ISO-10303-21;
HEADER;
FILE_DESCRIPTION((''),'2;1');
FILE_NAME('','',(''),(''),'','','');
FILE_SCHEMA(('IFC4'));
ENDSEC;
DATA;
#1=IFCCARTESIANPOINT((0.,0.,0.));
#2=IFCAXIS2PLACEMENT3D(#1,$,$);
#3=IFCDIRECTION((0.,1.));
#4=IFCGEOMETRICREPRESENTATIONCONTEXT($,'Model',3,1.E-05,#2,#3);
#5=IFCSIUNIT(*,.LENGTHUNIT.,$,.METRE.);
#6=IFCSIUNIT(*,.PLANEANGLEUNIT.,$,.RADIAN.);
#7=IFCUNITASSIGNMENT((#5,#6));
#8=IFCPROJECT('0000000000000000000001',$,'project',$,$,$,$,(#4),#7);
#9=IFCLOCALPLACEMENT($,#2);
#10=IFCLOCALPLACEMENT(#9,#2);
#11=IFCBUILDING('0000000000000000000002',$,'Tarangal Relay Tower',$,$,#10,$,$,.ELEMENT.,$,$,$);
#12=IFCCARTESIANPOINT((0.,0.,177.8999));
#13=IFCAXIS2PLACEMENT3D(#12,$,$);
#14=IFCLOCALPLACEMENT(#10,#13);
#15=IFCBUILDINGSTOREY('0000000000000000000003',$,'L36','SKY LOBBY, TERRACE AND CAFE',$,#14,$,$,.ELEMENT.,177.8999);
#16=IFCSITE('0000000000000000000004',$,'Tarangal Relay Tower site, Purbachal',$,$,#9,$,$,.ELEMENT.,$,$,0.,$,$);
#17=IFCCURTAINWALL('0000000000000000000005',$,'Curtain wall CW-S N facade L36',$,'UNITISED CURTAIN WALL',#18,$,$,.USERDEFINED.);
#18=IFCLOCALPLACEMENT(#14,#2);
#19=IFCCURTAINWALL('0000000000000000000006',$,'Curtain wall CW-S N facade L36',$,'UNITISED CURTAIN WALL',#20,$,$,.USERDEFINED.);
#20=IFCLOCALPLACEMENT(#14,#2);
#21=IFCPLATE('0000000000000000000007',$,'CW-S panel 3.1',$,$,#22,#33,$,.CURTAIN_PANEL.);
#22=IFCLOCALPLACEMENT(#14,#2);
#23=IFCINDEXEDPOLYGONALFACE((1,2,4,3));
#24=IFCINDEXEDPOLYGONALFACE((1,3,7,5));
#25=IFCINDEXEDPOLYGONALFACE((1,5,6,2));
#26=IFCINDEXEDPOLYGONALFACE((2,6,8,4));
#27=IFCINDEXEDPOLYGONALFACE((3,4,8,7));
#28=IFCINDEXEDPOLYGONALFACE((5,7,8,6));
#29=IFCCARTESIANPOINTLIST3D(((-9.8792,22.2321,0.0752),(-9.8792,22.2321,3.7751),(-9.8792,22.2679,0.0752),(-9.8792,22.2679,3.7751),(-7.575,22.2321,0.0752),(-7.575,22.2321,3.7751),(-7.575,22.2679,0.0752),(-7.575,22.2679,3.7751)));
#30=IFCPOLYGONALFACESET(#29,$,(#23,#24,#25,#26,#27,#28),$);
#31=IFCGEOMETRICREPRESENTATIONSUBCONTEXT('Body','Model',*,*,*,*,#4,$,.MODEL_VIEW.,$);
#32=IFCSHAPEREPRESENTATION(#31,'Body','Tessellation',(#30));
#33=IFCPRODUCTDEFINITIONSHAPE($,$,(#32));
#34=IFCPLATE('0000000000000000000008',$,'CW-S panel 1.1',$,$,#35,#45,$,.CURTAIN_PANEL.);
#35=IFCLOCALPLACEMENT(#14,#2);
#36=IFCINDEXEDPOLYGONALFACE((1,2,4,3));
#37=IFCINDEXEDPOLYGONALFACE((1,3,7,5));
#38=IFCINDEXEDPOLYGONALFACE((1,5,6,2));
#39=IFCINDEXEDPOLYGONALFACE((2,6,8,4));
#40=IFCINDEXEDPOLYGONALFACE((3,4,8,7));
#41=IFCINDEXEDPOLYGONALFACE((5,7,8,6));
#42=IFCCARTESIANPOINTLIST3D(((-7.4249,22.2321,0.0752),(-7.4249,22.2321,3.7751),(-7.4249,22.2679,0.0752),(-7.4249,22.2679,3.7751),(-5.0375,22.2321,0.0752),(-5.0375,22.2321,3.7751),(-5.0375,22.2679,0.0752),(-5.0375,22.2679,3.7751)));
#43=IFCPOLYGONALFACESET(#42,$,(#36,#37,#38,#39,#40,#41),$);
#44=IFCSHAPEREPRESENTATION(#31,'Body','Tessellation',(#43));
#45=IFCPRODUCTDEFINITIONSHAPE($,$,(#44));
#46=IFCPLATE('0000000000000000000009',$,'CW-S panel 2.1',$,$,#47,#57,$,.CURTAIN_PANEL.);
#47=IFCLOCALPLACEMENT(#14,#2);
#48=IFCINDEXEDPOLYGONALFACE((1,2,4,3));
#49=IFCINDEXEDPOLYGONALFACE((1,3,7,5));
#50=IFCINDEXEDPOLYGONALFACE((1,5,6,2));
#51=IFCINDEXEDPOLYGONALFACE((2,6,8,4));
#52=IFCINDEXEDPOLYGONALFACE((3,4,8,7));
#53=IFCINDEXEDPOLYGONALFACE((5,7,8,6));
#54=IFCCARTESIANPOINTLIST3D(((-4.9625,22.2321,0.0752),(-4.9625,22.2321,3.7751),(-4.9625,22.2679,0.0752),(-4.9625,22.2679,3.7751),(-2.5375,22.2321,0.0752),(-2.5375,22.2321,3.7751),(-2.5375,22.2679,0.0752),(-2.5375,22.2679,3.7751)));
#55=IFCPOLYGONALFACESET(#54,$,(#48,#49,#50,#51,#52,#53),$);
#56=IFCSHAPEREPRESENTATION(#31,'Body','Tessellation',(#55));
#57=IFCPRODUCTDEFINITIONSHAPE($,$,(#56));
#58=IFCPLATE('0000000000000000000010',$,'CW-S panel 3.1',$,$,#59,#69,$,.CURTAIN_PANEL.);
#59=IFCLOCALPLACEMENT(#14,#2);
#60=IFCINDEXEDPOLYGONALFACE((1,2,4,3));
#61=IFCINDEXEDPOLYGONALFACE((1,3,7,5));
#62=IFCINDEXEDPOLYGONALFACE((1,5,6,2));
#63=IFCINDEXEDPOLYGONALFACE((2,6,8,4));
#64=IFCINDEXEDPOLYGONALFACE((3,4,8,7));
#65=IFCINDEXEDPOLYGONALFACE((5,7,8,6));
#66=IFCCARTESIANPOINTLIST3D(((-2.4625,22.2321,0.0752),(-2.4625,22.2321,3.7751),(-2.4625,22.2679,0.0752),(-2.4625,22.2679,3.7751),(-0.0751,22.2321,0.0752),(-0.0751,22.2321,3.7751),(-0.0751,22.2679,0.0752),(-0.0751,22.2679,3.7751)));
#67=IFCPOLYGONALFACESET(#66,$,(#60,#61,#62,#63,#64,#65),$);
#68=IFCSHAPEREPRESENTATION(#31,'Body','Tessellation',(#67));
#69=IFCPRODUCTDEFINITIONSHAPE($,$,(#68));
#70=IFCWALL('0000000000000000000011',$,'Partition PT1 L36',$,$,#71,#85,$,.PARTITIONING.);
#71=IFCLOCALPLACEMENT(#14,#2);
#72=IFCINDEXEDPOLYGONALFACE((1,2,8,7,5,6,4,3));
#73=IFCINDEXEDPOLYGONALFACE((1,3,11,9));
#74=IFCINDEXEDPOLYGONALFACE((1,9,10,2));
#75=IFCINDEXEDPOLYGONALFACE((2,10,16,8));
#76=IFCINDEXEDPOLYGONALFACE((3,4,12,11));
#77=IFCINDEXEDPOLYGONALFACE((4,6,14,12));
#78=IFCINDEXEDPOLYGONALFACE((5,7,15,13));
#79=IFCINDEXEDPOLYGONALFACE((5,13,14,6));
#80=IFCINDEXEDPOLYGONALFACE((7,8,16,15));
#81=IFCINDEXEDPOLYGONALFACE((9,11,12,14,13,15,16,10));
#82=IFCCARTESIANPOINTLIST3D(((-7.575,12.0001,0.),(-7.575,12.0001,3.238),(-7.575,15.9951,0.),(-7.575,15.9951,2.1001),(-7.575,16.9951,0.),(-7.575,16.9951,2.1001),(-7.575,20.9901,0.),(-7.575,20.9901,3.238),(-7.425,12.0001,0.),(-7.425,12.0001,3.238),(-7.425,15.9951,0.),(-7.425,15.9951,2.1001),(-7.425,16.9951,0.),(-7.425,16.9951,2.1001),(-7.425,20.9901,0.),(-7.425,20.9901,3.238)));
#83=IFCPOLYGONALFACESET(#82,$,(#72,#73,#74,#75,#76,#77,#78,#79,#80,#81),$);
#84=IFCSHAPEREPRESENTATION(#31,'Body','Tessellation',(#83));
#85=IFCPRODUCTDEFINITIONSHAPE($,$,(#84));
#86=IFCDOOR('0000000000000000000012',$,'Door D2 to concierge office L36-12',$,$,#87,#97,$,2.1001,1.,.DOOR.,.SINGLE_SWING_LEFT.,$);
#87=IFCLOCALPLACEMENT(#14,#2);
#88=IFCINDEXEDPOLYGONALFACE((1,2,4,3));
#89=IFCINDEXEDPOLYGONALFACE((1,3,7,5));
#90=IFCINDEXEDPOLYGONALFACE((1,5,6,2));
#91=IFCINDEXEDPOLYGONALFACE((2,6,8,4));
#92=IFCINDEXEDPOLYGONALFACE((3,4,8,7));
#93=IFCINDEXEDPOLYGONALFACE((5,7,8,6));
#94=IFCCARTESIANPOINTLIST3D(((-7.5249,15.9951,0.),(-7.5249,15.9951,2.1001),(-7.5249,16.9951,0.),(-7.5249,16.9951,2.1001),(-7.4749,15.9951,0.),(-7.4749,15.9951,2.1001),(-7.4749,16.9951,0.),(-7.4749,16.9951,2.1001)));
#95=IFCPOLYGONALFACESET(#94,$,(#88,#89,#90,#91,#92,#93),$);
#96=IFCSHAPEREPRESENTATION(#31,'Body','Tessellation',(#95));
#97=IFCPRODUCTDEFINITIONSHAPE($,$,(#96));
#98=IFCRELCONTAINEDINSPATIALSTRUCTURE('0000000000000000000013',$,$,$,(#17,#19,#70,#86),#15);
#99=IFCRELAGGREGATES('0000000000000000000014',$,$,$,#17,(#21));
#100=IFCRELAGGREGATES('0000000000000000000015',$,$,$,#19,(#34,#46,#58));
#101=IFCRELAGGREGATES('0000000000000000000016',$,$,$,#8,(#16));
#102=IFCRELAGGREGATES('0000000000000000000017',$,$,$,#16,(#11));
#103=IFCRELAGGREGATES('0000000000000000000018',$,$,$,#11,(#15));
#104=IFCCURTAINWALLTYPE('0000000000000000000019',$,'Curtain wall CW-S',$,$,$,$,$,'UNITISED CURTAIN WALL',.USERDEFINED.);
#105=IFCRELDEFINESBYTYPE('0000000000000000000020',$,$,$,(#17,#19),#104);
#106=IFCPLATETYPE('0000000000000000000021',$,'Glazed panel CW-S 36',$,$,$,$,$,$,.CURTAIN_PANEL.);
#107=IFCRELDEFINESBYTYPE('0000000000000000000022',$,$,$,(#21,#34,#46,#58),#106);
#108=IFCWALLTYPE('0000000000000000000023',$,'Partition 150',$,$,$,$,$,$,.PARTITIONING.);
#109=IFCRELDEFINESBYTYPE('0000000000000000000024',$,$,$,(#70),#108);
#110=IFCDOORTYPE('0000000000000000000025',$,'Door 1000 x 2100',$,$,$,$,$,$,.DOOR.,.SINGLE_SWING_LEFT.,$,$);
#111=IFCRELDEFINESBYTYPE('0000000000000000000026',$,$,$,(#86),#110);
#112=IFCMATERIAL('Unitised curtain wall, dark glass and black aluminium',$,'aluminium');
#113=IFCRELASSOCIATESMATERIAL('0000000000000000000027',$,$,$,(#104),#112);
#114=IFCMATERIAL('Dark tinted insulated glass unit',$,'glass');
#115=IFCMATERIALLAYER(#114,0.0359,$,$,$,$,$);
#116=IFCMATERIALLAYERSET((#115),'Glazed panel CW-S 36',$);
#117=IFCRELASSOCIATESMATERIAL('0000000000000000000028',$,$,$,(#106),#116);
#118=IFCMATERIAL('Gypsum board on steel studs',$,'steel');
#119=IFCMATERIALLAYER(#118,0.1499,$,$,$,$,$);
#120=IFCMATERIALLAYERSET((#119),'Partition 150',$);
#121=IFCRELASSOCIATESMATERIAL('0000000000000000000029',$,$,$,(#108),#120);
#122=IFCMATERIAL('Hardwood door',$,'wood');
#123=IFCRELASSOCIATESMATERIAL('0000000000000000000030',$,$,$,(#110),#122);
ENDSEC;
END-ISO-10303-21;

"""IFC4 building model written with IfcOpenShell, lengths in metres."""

from ifc_helpers import new_model, si_unit, direction, frame, frame_2d, origin, origin_2d, place, context, subcontext, project, spatial, rectangle, extrude, material, layer, layer_set, type_object, element, fill, aggregate, save


model = new_model("IFC4")

# Units and contexts
model_context = context("Model", 3, precision=1e-05, world=origin(), true_north=direction((0.0, 1.0)))
body_context = subcontext(model_context, "Body", "Model", "MODEL_VIEW")
ifc_project = project(units=[si_unit("LENGTHUNIT", "METRE"), si_unit("PLANEANGLEUNIT", "RADIAN")], contexts=[model_context])

# Site, building, storey
site_placement = place(None, origin())
site = spatial("IfcSite", under=ifc_project, at=site_placement, Name="Tarangal Relay Tower site, Purbachal", CompositionType="ELEMENT", RefElevation=0.0)
building_placement = place(site_placement, origin())
building = spatial("IfcBuilding", under=site, at=building_placement, Name="Tarangal Relay Tower", CompositionType="ELEMENT")
storey_placement = place(building_placement, frame((0.0, 0.0, 177.8999)))
storey = spatial("IfcBuildingStorey", under=building, at=storey_placement, Name="L36", Description="SKY LOBBY, TERRACE AND CAFE", CompositionType="ELEMENT", Elevation=177.8999)

# Curtain walls
ifc_material_1 = material(Name="Unitised curtain wall, dark glass and black aluminium", Category="aluminium")
curtain_wall_type = type_object("IfcCurtainWallType", Name="Curtain wall CW-S", ElementType="UNITISED CURTAIN WALL", PredefinedType="USERDEFINED", material=ifc_material_1)
curtain_wall_1_placement = place(storey_placement, origin())
curtain_wall_1 = element("IfcCurtainWall", 1, at=curtain_wall_1_placement, inside=storey, type_object=curtain_wall_type, Name="Curtain wall CW-S N facade L36", ObjectType="UNITISED CURTAIN WALL", PredefinedType="USERDEFINED")
curtain_wall_2_placement = place(storey_placement, origin())
curtain_wall_2 = element("IfcCurtainWall", 2, at=curtain_wall_2_placement, inside=storey, type_object=curtain_wall_type, Name="Curtain wall CW-S N facade L36", ObjectType="UNITISED CURTAIN WALL", PredefinedType="USERDEFINED")

# Plates
ifc_material_2 = material(Name="Dark tinted insulated glass unit", Category="glass")
ifc_layer_1 = layer(ifc_material_2, 0.0359)
ifc_layer_set_1 = layer_set([ifc_layer_1], Name="Glazed panel CW-S 36")
plate_type = type_object("IfcPlateType", Name="Glazed panel CW-S 36", PredefinedType="CURTAIN_PANEL", material=ifc_layer_set_1)
plate_1_placement = place(storey_placement, frame((-8.7271, 22.25, 0.0752), z_axis=(0.0, 0.0, 1.0), x_axis=(1.0, 0.0, 0.0)))
plate_1 = element("IfcPlate", 3, at=plate_1_placement, type_object=plate_type, Name="CW-S panel 3.1", PredefinedType="CURTAIN_PANEL", context=body_context, shape_type="SweptSolid", body=[
    extrude(rectangle(XDim=2.3042, YDim=0.0359, at=origin_2d()), origin(), (0.0, 0.0, 1.0), 3.7),
])
aggregate(curtain_wall_1, [plate_1])
plate_2_placement = place(storey_placement, frame((-6.2312, 22.25, 0.0752), z_axis=(0.0, 0.0, 1.0), x_axis=(1.0, 0.0, 0.0)))
plate_2 = element("IfcPlate", 4, at=plate_2_placement, type_object=plate_type, Name="CW-S panel 1.1", PredefinedType="CURTAIN_PANEL", context=body_context, shape_type="SweptSolid", body=[
    extrude(rectangle(XDim=2.3875, YDim=0.0359, at=origin_2d()), origin(), (0.0, 0.0, 1.0), 3.7),
])
plate_3_placement = place(storey_placement, frame((-3.75, 22.25, 0.0752), z_axis=(0.0, 0.0, 1.0), x_axis=(1.0, 0.0, 0.0)))
plate_3 = element("IfcPlate", 5, at=plate_3_placement, type_object=plate_type, Name="CW-S panel 2.1", PredefinedType="CURTAIN_PANEL", context=body_context, shape_type="SweptSolid", body=[
    extrude(rectangle(XDim=2.425, YDim=0.0359, at=origin_2d()), origin(), (0.0, 0.0, 1.0), 3.7),
])
plate_4_placement = place(storey_placement, frame((-1.2688, 22.25, 0.0752), z_axis=(0.0, 0.0, 1.0), x_axis=(1.0, 0.0, 0.0)))
plate_4 = element("IfcPlate", 6, at=plate_4_placement, type_object=plate_type, Name="CW-S panel 3.1", PredefinedType="CURTAIN_PANEL", context=body_context, shape_type="SweptSolid", body=[
    extrude(rectangle(XDim=2.3875, YDim=0.0359, at=origin_2d()), origin(), (0.0, 0.0, 1.0), 3.7),
])
aggregate(curtain_wall_2, [plate_2, plate_3, plate_4])

# Wall, opening, door
ifc_material_3 = material(Name="Gypsum board on steel studs", Category="steel")
ifc_layer_2 = layer(ifc_material_3, 0.1499)
ifc_layer_set_2 = layer_set([ifc_layer_2], Name="Partition 150")
wall_type = type_object("IfcWallType", Name="Partition 150", PredefinedType="PARTITIONING", material=ifc_layer_set_2)
wall_placement = place(storey_placement, frame((-7.5, 12.0, 0.0), z_axis=(0.0, 0.0, 1.0), x_axis=(0.0, 1.0, 0.0)))
wall = element("IfcWall", 7, at=wall_placement, inside=storey, type_object=wall_type, Name="Partition PT1 L36", PredefinedType="PARTITIONING", context=body_context, shape_type="SweptSolid", body=[
    extrude(rectangle(XDim=8.99, YDim=0.1499, at=frame_2d((4.4951, 0.0))), origin(), (0.0, 0.0, 1.0), 3.238),
])
opening_placement = place(wall_placement, frame((3.9951, 0.0, 0.0)))
opening = element("IfcOpeningElement", 8, at=opening_placement, cuts=wall, PredefinedType="OPENING", context=body_context, shape_type="SweptSolid", body=[
    extrude(rectangle(XDim=1.0, YDim=2.1001, at=frame_2d((0.5, 1.05))), frame((0.0, 0.085, 0.0), z_axis=(0.0, -1.0, 0.0), x_axis=(1.0, 0.0, 0.0)), (0.0, 0.0, 1.0), 0.1699),
])
ifc_material_4 = material(Name="Hardwood door", Category="wood")
door_type = type_object("IfcDoorType", Name="Door 1000 x 2100", OperationType="SINGLE_SWING_LEFT", PredefinedType="DOOR", material=ifc_material_4)
door_placement = place(opening_placement, origin())
door = element("IfcDoor", 9, at=door_placement, inside=storey, type_object=door_type, Name="Door D2 to concierge office L36-12", OperationType="SINGLE_SWING_LEFT", OverallHeight=2.1001, OverallWidth=1.0, PredefinedType="DOOR", context=body_context, shape_type="SweptSolid", body=[
    extrude(rectangle(XDim=1.0, YDim=2.1001, at=frame_2d((0.5, 1.05))), frame((0.0, 0.0249, 0.0), z_axis=(0.0, -1.0, 0.0), x_axis=(1.0, 0.0, 0.0)), (0.0, 0.0, 1.0), 0.05),
])
fill(opening, door)

save(model, "model.ifc")
